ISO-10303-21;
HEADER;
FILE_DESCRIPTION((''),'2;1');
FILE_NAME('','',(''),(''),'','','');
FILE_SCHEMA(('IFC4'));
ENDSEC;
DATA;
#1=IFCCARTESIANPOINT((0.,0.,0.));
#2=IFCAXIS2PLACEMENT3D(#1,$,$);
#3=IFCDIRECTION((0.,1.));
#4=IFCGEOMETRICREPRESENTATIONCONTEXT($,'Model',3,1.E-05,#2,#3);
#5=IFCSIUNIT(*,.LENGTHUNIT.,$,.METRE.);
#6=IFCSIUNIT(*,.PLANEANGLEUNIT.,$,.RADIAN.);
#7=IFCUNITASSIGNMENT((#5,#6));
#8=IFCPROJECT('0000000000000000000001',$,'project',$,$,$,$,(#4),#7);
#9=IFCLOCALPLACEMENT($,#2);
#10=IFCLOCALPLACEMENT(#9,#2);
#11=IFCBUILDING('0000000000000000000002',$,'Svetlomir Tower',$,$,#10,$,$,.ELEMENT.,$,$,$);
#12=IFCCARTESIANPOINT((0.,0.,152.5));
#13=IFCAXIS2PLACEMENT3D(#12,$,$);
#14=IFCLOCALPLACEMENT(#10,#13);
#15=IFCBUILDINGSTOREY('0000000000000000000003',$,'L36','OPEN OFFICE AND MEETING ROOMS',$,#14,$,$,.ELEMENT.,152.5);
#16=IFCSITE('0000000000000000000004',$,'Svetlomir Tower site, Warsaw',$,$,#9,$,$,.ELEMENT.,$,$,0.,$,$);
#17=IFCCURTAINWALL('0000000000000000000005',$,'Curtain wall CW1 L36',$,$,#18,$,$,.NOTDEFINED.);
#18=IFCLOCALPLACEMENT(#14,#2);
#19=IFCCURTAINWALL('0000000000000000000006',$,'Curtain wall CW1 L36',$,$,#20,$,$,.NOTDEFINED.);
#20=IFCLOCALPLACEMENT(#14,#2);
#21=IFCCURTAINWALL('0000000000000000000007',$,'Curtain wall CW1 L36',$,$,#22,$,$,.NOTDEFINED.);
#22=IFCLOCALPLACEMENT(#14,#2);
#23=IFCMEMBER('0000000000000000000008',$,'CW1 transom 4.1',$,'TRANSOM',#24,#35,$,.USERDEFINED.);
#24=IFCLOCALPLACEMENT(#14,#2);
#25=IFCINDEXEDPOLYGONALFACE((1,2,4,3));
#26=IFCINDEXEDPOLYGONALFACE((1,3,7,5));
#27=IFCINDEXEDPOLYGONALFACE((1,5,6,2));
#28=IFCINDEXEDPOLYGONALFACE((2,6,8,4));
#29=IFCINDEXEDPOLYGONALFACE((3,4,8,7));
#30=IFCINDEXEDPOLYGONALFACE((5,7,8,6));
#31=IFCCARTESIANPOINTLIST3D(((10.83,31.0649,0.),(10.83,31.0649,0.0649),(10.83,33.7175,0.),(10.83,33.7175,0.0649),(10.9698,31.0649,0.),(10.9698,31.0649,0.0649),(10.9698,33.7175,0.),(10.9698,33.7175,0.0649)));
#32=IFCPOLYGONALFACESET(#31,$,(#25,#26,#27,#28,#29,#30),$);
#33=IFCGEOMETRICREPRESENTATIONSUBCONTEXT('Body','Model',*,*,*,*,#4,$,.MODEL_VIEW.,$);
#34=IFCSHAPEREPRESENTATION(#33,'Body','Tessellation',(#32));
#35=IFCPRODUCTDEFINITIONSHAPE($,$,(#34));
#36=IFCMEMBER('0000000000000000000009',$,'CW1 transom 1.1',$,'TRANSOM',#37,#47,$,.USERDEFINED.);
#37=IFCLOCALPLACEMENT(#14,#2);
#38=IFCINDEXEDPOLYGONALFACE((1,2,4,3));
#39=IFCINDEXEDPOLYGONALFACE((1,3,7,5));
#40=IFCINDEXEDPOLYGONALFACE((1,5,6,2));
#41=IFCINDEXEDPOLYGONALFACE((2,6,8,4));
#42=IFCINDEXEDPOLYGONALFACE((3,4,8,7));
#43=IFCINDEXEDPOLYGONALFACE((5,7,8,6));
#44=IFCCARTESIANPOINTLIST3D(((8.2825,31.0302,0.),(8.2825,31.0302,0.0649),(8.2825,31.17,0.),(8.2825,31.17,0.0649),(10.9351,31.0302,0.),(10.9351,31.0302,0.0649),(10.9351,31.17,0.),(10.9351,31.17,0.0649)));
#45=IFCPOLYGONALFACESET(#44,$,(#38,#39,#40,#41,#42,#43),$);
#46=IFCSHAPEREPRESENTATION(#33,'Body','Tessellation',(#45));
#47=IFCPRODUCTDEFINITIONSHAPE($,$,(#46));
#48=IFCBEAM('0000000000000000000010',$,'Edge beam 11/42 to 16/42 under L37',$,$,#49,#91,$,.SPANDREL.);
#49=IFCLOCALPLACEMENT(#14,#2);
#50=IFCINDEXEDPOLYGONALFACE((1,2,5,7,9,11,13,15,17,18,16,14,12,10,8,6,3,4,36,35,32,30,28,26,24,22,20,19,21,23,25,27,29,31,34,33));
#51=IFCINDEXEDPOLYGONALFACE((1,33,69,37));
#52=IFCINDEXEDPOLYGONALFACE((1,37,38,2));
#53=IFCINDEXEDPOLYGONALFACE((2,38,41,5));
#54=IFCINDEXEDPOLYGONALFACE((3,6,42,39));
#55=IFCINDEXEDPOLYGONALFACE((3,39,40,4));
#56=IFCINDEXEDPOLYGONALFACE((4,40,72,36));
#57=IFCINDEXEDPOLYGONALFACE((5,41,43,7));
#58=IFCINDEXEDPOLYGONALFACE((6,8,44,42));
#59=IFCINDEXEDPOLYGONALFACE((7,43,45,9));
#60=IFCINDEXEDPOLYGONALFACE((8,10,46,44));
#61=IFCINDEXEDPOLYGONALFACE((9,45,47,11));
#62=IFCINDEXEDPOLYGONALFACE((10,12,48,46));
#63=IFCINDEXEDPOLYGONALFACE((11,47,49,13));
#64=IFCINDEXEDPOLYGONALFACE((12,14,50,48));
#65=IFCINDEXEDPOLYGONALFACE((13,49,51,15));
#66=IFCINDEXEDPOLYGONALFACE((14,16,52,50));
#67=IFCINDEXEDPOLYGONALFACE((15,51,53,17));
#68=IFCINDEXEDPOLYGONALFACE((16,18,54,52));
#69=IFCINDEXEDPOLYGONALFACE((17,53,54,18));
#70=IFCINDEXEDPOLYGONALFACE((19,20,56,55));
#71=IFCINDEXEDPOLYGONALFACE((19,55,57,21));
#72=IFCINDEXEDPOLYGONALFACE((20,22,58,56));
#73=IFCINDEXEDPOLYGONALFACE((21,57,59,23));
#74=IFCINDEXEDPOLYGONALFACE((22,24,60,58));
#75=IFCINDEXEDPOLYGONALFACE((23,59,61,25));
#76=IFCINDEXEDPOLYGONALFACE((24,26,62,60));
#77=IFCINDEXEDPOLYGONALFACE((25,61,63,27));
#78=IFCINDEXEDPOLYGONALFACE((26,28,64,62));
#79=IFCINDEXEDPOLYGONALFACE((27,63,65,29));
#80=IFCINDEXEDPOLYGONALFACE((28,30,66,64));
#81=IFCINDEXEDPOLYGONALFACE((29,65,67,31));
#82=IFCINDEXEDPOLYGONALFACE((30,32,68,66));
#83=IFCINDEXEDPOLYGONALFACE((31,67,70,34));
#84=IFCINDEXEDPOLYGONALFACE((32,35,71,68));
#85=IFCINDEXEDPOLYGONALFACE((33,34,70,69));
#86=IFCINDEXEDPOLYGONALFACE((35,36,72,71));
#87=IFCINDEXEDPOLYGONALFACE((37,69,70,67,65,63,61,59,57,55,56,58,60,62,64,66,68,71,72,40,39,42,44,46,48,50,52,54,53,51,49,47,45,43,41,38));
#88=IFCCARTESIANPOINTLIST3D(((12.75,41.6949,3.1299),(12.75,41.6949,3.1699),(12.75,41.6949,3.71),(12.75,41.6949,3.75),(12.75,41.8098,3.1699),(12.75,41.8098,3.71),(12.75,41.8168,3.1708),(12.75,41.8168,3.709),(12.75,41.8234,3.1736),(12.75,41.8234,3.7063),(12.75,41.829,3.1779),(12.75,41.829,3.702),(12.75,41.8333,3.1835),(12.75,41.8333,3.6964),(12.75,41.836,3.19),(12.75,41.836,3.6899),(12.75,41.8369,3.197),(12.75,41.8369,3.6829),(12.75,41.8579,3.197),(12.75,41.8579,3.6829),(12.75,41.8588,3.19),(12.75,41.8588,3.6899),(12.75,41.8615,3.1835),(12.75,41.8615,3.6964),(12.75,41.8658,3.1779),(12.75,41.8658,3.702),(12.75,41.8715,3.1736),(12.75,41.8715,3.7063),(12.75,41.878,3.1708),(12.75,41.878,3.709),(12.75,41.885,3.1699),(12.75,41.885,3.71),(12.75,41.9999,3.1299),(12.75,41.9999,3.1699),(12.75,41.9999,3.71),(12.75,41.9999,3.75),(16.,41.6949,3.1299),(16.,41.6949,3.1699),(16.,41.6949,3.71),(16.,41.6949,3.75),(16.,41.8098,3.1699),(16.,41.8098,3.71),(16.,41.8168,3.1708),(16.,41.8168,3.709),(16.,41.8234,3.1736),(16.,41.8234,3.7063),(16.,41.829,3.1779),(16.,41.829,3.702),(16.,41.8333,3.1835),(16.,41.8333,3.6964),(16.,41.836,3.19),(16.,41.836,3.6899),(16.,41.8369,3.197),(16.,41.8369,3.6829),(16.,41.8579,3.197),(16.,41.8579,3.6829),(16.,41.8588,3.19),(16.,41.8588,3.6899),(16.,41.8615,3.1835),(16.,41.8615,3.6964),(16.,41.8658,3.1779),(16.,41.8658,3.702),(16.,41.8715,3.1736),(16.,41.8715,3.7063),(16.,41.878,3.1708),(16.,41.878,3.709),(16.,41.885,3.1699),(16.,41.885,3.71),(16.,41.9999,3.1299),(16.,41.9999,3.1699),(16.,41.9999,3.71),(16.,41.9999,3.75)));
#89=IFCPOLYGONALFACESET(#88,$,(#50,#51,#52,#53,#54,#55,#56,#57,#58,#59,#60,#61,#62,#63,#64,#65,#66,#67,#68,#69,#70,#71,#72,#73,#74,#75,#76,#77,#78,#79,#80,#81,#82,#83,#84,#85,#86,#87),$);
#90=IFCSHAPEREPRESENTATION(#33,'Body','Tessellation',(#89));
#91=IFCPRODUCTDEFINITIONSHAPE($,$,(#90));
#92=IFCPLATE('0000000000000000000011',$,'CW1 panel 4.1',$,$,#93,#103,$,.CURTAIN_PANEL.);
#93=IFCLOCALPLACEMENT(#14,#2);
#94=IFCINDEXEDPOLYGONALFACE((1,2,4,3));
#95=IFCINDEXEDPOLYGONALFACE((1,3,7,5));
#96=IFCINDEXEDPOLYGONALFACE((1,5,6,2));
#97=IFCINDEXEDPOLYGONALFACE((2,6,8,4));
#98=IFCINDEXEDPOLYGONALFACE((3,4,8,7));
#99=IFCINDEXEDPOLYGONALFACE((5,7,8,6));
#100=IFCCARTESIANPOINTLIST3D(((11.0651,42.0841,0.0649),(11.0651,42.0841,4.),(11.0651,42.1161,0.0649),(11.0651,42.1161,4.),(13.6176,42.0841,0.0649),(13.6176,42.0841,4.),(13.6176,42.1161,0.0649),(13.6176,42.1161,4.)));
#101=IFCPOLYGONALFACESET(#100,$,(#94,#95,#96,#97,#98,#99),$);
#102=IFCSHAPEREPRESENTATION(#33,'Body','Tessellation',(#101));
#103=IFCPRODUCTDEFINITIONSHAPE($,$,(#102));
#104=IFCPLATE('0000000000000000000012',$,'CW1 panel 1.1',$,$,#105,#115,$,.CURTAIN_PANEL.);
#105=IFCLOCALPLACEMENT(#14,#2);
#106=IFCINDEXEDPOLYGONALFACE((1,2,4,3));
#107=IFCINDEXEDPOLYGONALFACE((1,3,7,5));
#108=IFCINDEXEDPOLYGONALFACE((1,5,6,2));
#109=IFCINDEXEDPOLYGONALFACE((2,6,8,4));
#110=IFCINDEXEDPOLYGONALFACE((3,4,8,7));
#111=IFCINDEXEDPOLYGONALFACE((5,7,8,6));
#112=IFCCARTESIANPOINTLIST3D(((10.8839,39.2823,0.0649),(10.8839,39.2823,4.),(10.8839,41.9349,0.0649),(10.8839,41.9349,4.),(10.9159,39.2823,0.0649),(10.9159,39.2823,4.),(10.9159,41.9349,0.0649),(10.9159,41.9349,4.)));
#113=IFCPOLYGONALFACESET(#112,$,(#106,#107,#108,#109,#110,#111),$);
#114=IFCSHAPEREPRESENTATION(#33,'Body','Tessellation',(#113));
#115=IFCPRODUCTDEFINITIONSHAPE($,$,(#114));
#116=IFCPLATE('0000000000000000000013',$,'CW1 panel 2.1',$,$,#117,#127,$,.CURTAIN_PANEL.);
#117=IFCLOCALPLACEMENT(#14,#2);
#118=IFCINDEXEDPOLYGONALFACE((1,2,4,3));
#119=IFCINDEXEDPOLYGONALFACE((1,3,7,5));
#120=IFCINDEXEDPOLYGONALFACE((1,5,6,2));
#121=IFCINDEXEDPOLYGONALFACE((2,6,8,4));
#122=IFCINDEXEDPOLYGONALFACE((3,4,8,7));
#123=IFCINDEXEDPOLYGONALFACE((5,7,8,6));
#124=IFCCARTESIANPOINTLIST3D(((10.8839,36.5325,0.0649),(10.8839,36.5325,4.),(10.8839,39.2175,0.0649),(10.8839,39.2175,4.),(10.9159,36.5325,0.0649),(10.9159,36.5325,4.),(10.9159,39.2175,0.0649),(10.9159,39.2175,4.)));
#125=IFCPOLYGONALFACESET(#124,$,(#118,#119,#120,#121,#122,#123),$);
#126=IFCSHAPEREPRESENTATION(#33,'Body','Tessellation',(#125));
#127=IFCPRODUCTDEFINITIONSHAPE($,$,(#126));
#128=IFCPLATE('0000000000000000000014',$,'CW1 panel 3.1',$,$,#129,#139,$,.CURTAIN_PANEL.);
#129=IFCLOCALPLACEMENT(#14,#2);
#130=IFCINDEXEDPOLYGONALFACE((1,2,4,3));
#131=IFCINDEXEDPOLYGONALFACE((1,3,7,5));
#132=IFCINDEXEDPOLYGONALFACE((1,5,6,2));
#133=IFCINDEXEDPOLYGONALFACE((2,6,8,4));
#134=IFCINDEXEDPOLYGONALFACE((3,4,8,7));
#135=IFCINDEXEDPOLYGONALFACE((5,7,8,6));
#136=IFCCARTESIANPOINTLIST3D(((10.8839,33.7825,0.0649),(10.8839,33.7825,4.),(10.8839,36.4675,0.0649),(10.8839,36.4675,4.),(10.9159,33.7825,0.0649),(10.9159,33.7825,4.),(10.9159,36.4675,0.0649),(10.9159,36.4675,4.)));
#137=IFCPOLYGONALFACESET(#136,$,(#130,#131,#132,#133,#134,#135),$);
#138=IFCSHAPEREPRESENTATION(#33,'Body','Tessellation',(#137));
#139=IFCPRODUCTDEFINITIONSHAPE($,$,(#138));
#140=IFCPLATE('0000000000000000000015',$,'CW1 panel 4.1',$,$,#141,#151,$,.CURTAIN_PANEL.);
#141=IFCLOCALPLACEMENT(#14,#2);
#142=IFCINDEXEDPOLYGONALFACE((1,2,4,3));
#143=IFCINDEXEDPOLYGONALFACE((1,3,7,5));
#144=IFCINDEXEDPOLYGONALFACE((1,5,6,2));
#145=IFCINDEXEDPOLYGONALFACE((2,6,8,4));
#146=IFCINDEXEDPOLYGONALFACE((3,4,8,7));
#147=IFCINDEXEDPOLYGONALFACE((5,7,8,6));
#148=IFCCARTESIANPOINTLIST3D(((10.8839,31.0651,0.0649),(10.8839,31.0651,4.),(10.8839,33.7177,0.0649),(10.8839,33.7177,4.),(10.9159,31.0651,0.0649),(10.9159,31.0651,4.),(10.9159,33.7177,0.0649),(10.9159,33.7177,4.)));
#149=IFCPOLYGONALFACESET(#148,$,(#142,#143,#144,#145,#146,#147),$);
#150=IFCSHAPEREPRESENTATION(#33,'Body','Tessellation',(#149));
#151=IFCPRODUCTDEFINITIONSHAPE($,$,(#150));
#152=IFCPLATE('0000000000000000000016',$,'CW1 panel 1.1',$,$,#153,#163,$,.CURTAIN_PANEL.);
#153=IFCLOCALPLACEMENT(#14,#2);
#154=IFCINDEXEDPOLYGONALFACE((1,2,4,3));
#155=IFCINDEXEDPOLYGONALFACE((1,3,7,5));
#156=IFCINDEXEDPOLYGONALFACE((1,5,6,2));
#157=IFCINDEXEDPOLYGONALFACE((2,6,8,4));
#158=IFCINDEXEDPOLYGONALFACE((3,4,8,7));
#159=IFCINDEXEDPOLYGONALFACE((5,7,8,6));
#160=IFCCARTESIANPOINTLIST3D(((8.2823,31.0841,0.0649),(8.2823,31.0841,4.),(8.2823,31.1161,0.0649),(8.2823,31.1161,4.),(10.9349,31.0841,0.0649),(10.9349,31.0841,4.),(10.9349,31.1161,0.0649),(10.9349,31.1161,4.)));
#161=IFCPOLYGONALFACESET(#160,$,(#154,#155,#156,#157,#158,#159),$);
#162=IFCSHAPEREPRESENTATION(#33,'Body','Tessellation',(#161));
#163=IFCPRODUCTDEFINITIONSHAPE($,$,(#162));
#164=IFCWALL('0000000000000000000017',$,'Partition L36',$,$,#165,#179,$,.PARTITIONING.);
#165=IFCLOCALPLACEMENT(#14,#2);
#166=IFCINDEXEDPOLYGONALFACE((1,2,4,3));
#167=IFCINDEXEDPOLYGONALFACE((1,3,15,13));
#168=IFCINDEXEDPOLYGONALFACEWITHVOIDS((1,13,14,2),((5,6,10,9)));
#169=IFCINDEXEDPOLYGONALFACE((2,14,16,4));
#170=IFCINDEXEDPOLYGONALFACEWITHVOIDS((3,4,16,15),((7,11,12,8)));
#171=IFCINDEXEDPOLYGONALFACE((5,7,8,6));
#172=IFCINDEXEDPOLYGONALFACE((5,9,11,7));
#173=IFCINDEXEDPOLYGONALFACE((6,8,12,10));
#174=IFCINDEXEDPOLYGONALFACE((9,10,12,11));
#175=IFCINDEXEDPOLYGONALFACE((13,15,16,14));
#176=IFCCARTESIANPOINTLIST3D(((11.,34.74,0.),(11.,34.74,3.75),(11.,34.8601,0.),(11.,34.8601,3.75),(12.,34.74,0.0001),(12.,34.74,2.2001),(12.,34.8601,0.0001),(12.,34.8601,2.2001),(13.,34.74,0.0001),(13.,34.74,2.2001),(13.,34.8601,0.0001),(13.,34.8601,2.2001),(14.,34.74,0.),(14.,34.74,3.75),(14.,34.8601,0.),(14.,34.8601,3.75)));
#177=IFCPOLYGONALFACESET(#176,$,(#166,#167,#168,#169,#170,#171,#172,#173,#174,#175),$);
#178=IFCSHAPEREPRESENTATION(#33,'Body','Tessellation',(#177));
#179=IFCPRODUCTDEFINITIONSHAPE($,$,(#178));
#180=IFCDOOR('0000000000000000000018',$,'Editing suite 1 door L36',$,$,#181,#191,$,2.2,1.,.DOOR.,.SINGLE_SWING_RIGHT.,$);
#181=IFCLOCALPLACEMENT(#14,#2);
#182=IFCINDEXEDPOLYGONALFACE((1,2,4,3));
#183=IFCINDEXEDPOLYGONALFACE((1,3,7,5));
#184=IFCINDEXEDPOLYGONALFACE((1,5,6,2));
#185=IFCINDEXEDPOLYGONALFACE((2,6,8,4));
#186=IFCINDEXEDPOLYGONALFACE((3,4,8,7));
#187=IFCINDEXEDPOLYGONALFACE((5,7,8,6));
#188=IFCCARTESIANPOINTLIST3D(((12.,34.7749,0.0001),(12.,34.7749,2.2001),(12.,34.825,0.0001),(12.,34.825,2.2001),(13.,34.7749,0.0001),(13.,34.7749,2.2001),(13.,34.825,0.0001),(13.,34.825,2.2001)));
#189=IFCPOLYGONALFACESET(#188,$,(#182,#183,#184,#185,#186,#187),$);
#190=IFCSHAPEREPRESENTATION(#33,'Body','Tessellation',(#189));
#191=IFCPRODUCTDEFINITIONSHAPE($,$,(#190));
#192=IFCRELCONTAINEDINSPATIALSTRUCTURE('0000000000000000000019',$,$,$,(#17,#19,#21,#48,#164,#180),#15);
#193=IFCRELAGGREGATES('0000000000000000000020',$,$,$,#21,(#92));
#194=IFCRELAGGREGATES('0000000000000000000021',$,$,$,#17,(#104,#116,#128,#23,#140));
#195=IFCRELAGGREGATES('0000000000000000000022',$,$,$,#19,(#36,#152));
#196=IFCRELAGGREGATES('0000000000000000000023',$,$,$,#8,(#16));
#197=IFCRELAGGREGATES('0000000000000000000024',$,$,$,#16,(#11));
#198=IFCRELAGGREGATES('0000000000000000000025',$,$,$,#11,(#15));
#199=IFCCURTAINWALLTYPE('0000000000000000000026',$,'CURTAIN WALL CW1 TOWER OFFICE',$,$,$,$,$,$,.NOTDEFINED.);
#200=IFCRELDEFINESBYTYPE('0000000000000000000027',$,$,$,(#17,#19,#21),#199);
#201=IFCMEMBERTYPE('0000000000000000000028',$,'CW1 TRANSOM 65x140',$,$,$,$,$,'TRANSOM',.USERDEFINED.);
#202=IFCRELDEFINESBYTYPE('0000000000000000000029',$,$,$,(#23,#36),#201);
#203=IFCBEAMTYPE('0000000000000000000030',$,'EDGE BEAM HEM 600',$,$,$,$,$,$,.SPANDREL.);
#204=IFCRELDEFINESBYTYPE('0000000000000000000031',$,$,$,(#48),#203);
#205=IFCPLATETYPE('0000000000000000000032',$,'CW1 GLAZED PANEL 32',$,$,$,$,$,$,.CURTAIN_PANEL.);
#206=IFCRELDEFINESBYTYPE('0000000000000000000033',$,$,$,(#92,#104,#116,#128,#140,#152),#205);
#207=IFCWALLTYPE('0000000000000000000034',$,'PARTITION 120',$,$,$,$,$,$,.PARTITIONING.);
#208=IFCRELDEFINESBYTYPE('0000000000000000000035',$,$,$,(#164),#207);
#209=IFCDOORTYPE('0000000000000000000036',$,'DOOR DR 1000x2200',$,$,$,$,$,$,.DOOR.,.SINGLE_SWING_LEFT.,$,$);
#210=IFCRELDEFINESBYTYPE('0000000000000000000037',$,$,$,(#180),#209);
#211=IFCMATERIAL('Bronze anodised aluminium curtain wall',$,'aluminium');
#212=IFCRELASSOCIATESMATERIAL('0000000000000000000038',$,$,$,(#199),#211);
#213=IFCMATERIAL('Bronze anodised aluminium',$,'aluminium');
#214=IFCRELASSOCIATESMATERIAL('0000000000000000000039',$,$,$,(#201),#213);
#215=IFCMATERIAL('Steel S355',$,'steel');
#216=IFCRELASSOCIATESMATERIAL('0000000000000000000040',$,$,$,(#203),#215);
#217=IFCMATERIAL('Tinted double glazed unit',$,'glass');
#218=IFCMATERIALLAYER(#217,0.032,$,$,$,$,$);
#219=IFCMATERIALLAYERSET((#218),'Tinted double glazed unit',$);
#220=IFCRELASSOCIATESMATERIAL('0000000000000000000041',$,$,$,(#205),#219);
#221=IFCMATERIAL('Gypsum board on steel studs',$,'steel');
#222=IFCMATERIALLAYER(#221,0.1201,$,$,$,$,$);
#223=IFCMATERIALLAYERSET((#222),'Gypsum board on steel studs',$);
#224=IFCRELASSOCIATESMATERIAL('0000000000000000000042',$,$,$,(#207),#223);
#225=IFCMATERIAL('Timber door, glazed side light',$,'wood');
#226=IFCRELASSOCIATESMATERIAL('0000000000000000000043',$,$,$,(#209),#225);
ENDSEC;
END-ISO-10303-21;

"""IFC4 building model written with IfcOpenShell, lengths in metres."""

from ifc_helpers import new_model, si_unit, direction, frame, frame_2d, origin, origin_2d, place, context, subcontext, project, spatial, rectangle, i_section, extrude, material, layer, layer_set, material_profile, profile_set, type_object, element, fill, aggregate, save


model = new_model("IFC4")

# Units and contexts
model_context = context("Model", 3, precision=1e-05, world=origin(), true_north=direction((0.0, 1.0)))
body_context = subcontext(model_context, "Body", "Model", "MODEL_VIEW")
ifc_project = project(units=[si_unit("LENGTHUNIT", "METRE"), si_unit("PLANEANGLEUNIT", "RADIAN")], contexts=[model_context])

# Site, building, storey
site_placement = place(None, origin())
site = spatial("IfcSite", under=ifc_project, at=site_placement, Name="Svetlomir Tower site, Warsaw", CompositionType="ELEMENT", RefElevation=0.0)
building_placement = place(site_placement, origin())
building = spatial("IfcBuilding", under=site, at=building_placement, Name="Svetlomir Tower", CompositionType="ELEMENT")
storey_placement = place(building_placement, frame((0.0, 0.0, 152.5)))
storey = spatial("IfcBuildingStorey", under=building, at=storey_placement, Name="L36", Description="OPEN OFFICE AND MEETING ROOMS", CompositionType="ELEMENT", Elevation=152.5)

# Curtain walls
ifc_material_1 = material(Name="Bronze anodised aluminium curtain wall", Category="aluminium")
curtain_wall_type = type_object("IfcCurtainWallType", Name="CURTAIN WALL CW1 TOWER OFFICE", PredefinedType="NOTDEFINED", material=ifc_material_1)
curtain_wall_1_placement = place(storey_placement, origin())
curtain_wall_1 = element("IfcCurtainWall", 1, at=curtain_wall_1_placement, inside=storey, type_object=curtain_wall_type, Name="Curtain wall CW1 L36", PredefinedType="NOTDEFINED")
curtain_wall_2_placement = place(storey_placement, origin())
curtain_wall_2 = element("IfcCurtainWall", 2, at=curtain_wall_2_placement, inside=storey, type_object=curtain_wall_type, Name="Curtain wall CW1 L36", PredefinedType="NOTDEFINED")

# Curtain wall
curtain_wall_3_placement = place(storey_placement, origin())
curtain_wall_3 = element("IfcCurtainWall", 3, at=curtain_wall_3_placement, inside=storey, type_object=curtain_wall_type, Name="Curtain wall CW1 L36", PredefinedType="NOTDEFINED")

# Members
ifc_material_2 = material(Name="Bronze anodised aluminium", Category="aluminium")
ifc_material_profile_1 = material_profile(ifc_material_2, rectangle(XDim=0.1399, YDim=0.0649, at=origin_2d()), Name="AL 140x65")
ifc_profile_set_1 = profile_set([ifc_material_profile_1], Name="Bronze anodised aluminium 6063-T6")
member_type_1 = type_object("IfcMemberType", Name="CW1 TRANSOM 65x140", ElementType="TRANSOM", PredefinedType="USERDEFINED", material=ifc_profile_set_1)
member_1_placement = place(storey_placement, frame((10.8999, 33.7175, 0.0325), z_axis=(0.0, -1.0, 0.0), x_axis=(1.0, 0.0, 0.0)))
member_1 = element("IfcMember", 4, at=member_1_placement, type_object=member_type_1, Name="CW1 transom 4.1", ObjectType="TRANSOM", PredefinedType="USERDEFINED", context=body_context, shape_type="SweptSolid", body=[
    extrude(rectangle(XDim=0.1399, YDim=0.0649, at=origin_2d()), origin(), (0.0, 0.0, 1.0), 2.6526),
])
member_2_placement = place(storey_placement, frame((10.9351, 31.1001, 0.0325), z_axis=(-1.0, 0.0, 0.0), x_axis=(0.0, -1.0, 0.0)))
member_2 = element("IfcMember", 5, at=member_2_placement, type_object=member_type_1, Name="CW1 transom 1.1", ObjectType="TRANSOM", PredefinedType="USERDEFINED", context=body_context, shape_type="SweptSolid", body=[
    extrude(rectangle(XDim=0.1399, YDim=0.0649, at=origin_2d()), origin(), (0.0, 0.0, 1.0), 2.6526),
])

# Beam
ifc_material_3 = material(Name="Steel S355", Category="steel")
ifc_material_profile_2 = material_profile(ifc_material_3, i_section(OverallWidth=0.3049, OverallDepth=0.6201, WebThickness=0.021, FlangeThickness=0.04, FilletRadius=0.0271, at=origin_2d()), Name="HEM 600")
ifc_profile_set_2 = profile_set([ifc_material_profile_2], Name="Steel S355")
beam_type = type_object("IfcBeamType", Name="EDGE BEAM HEM 600", PredefinedType="SPANDREL", material=ifc_profile_set_2)
beam_placement = place(storey_placement, frame((12.75, 41.8474, 3.4399), z_axis=(1.0, 0.0, 0.0), x_axis=(0.0, 1.0, 0.0)))
element("IfcBeam", 6, at=beam_placement, inside=storey, type_object=beam_type, Name="Edge beam 11/42 to 16/42 under L37", PredefinedType="SPANDREL", context=body_context, shape_type="SweptSolid", body=[
    extrude(i_section(OverallWidth=0.3049, OverallDepth=0.6201, WebThickness=0.021, FlangeThickness=0.04, FilletRadius=0.0271, at=origin_2d()), origin(), (0.0, 0.0, 1.0), 3.25),
])

# Plates
ifc_material_4 = material(Name="Tinted double glazed unit", Category="glass")
ifc_layer_1 = layer(ifc_material_4, 0.032)
ifc_layer_set_1 = layer_set([ifc_layer_1], Name="Tinted double glazed unit")
plate_type = type_object("IfcPlateType", Name="CW1 GLAZED PANEL 32", PredefinedType="CURTAIN_PANEL", material=ifc_layer_set_1)
plate_1_placement = place(storey_placement, frame((12.3413, 42.1001, 0.0649), z_axis=(0.0, 0.0, 1.0), x_axis=(-1.0, 0.0, 0.0)))
plate_1 = element("IfcPlate", 7, at=plate_1_placement, type_object=plate_type, Name="CW1 panel 4.1", PredefinedType="CURTAIN_PANEL", context=body_context, shape_type="SweptSolid", body=[
    extrude(rectangle(XDim=2.5525, YDim=0.032, at=origin_2d()), origin(), (0.0, 0.0, 1.0), 3.9351),
])
aggregate(curtain_wall_3, [plate_1])
plate_2_placement = place(storey_placement, frame((10.8999, 40.6086, 0.0649), z_axis=(0.0, 0.0, 1.0), x_axis=(0.0, -1.0, 0.0)))
plate_2 = element("IfcPlate", 8, at=plate_2_placement, type_object=plate_type, Name="CW1 panel 1.1", PredefinedType="CURTAIN_PANEL", context=body_context, shape_type="SweptSolid", body=[
    extrude(rectangle(XDim=2.6526, YDim=0.032, at=origin_2d()), origin(), (0.0, 0.0, 1.0), 3.9351),
])
plate_3_placement = place(storey_placement, frame((10.8999, 37.875, 0.0649), z_axis=(0.0, 0.0, 1.0), x_axis=(0.0, -1.0, 0.0)))
plate_3 = element("IfcPlate", 9, at=plate_3_placement, type_object=plate_type, Name="CW1 panel 2.1", PredefinedType="CURTAIN_PANEL", context=body_context, shape_type="SweptSolid", body=[
    extrude(rectangle(XDim=2.6851, YDim=0.032, at=origin_2d()), origin(), (0.0, 0.0, 1.0), 3.9351),
])
plate_4_placement = place(storey_placement, frame((10.8999, 35.125, 0.0649), z_axis=(0.0, 0.0, 1.0), x_axis=(0.0, -1.0, 0.0)))
plate_4 = element("IfcPlate", 10, at=plate_4_placement, type_object=plate_type, Name="CW1 panel 3.1", PredefinedType="CURTAIN_PANEL", context=body_context, shape_type="SweptSolid", body=[
    extrude(rectangle(XDim=2.6851, YDim=0.032, at=origin_2d()), origin(), (0.0, 0.0, 1.0), 3.9351),
])
plate_5_placement = place(storey_placement, frame((10.8999, 32.3914, 0.0649), z_axis=(0.0, 0.0, 1.0), x_axis=(0.0, -1.0, 0.0)))
plate_5 = element("IfcPlate", 11, at=plate_5_placement, type_object=plate_type, Name="CW1 panel 4.1", PredefinedType="CURTAIN_PANEL", context=body_context, shape_type="SweptSolid", body=[
    extrude(rectangle(XDim=2.6526, YDim=0.032, at=origin_2d()), origin(), (0.0, 0.0, 1.0), 3.9351),
])
aggregate(curtain_wall_1, [plate_2, plate_3, plate_4, member_1, plate_5])
plate_6_placement = place(storey_placement, frame((9.6086, 31.1001, 0.0649), z_axis=(0.0, 0.0, 1.0), x_axis=(-1.0, 0.0, 0.0)))
plate_6 = element("IfcPlate", 12, at=plate_6_placement, type_object=plate_type, Name="CW1 panel 1.1", PredefinedType="CURTAIN_PANEL", context=body_context, shape_type="SweptSolid", body=[
    extrude(rectangle(XDim=2.6526, YDim=0.032, at=origin_2d()), origin(), (0.0, 0.0, 1.0), 3.9351),
])
aggregate(curtain_wall_2, [member_2, plate_6])

# Wall, opening, door
ifc_material_5 = material(Name="Gypsum board on steel studs", Category="steel")
ifc_layer_2 = layer(ifc_material_5, 0.1201)
ifc_layer_set_2 = layer_set([ifc_layer_2], Name="Gypsum board on steel studs")
wall_type = type_object("IfcWallType", Name="PARTITION 120", PredefinedType="PARTITIONING", material=ifc_layer_set_2)
wall_1_placement = place(storey_placement, frame((11.0, 34.8, 0.0), z_axis=(0.0, 0.0, 1.0), x_axis=(1.0, 0.0, 0.0)))
wall_1 = element("IfcWall", 13, at=wall_1_placement, inside=storey, type_object=wall_type, Name="Partition L36", PredefinedType="PARTITIONING", context=body_context, shape_type="SweptSolid", body=[
    extrude(rectangle(XDim=3.0, YDim=0.1201, at=frame_2d((1.5, 0.0))), origin(), (0.0, 0.0, 1.0), 3.75),
])
opening_1_placement = place(wall_1_placement, frame((1.0, 0.0, 0.0)))
opening_1 = element("IfcOpeningElement", 14, at=opening_1_placement, cuts=wall_1, PredefinedType="OPENING", context=body_context, shape_type="SweptSolid", body=[
    extrude(rectangle(XDim=1.0, YDim=2.2, at=frame_2d((0.5, 1.1001))), frame((0.0, 0.0701, 0.0), z_axis=(0.0, -1.0, 0.0), x_axis=(1.0, 0.0, 0.0)), (0.0, 0.0, 1.0), 0.1401),
])
ifc_material_6 = material(Name="Timber door, glazed side light", Category="wood")
door_type = type_object("IfcDoorType", Name="DOOR DR 1000x2200", OperationType="SINGLE_SWING_LEFT", PredefinedType="DOOR", material=ifc_material_6)
door_1_placement = place(opening_1_placement, origin())
door_1 = element("IfcDoor", 15, at=door_1_placement, inside=storey, type_object=door_type, Name="Editing suite 1 door L36", OperationType="SINGLE_SWING_RIGHT", OverallHeight=2.2, OverallWidth=1.0, PredefinedType="DOOR", context=body_context, shape_type="SweptSolid", body=[
    extrude(rectangle(XDim=1.0, YDim=2.2, at=frame_2d((0.5, 1.1001))), frame((0.0, 0.0249, 0.0), z_axis=(0.0, -1.0, 0.0), x_axis=(1.0, 0.0, 0.0)), (0.0, 0.0, 1.0), 0.05),
])
fill(opening_1, door_1)

save(model, "model.ifc")
